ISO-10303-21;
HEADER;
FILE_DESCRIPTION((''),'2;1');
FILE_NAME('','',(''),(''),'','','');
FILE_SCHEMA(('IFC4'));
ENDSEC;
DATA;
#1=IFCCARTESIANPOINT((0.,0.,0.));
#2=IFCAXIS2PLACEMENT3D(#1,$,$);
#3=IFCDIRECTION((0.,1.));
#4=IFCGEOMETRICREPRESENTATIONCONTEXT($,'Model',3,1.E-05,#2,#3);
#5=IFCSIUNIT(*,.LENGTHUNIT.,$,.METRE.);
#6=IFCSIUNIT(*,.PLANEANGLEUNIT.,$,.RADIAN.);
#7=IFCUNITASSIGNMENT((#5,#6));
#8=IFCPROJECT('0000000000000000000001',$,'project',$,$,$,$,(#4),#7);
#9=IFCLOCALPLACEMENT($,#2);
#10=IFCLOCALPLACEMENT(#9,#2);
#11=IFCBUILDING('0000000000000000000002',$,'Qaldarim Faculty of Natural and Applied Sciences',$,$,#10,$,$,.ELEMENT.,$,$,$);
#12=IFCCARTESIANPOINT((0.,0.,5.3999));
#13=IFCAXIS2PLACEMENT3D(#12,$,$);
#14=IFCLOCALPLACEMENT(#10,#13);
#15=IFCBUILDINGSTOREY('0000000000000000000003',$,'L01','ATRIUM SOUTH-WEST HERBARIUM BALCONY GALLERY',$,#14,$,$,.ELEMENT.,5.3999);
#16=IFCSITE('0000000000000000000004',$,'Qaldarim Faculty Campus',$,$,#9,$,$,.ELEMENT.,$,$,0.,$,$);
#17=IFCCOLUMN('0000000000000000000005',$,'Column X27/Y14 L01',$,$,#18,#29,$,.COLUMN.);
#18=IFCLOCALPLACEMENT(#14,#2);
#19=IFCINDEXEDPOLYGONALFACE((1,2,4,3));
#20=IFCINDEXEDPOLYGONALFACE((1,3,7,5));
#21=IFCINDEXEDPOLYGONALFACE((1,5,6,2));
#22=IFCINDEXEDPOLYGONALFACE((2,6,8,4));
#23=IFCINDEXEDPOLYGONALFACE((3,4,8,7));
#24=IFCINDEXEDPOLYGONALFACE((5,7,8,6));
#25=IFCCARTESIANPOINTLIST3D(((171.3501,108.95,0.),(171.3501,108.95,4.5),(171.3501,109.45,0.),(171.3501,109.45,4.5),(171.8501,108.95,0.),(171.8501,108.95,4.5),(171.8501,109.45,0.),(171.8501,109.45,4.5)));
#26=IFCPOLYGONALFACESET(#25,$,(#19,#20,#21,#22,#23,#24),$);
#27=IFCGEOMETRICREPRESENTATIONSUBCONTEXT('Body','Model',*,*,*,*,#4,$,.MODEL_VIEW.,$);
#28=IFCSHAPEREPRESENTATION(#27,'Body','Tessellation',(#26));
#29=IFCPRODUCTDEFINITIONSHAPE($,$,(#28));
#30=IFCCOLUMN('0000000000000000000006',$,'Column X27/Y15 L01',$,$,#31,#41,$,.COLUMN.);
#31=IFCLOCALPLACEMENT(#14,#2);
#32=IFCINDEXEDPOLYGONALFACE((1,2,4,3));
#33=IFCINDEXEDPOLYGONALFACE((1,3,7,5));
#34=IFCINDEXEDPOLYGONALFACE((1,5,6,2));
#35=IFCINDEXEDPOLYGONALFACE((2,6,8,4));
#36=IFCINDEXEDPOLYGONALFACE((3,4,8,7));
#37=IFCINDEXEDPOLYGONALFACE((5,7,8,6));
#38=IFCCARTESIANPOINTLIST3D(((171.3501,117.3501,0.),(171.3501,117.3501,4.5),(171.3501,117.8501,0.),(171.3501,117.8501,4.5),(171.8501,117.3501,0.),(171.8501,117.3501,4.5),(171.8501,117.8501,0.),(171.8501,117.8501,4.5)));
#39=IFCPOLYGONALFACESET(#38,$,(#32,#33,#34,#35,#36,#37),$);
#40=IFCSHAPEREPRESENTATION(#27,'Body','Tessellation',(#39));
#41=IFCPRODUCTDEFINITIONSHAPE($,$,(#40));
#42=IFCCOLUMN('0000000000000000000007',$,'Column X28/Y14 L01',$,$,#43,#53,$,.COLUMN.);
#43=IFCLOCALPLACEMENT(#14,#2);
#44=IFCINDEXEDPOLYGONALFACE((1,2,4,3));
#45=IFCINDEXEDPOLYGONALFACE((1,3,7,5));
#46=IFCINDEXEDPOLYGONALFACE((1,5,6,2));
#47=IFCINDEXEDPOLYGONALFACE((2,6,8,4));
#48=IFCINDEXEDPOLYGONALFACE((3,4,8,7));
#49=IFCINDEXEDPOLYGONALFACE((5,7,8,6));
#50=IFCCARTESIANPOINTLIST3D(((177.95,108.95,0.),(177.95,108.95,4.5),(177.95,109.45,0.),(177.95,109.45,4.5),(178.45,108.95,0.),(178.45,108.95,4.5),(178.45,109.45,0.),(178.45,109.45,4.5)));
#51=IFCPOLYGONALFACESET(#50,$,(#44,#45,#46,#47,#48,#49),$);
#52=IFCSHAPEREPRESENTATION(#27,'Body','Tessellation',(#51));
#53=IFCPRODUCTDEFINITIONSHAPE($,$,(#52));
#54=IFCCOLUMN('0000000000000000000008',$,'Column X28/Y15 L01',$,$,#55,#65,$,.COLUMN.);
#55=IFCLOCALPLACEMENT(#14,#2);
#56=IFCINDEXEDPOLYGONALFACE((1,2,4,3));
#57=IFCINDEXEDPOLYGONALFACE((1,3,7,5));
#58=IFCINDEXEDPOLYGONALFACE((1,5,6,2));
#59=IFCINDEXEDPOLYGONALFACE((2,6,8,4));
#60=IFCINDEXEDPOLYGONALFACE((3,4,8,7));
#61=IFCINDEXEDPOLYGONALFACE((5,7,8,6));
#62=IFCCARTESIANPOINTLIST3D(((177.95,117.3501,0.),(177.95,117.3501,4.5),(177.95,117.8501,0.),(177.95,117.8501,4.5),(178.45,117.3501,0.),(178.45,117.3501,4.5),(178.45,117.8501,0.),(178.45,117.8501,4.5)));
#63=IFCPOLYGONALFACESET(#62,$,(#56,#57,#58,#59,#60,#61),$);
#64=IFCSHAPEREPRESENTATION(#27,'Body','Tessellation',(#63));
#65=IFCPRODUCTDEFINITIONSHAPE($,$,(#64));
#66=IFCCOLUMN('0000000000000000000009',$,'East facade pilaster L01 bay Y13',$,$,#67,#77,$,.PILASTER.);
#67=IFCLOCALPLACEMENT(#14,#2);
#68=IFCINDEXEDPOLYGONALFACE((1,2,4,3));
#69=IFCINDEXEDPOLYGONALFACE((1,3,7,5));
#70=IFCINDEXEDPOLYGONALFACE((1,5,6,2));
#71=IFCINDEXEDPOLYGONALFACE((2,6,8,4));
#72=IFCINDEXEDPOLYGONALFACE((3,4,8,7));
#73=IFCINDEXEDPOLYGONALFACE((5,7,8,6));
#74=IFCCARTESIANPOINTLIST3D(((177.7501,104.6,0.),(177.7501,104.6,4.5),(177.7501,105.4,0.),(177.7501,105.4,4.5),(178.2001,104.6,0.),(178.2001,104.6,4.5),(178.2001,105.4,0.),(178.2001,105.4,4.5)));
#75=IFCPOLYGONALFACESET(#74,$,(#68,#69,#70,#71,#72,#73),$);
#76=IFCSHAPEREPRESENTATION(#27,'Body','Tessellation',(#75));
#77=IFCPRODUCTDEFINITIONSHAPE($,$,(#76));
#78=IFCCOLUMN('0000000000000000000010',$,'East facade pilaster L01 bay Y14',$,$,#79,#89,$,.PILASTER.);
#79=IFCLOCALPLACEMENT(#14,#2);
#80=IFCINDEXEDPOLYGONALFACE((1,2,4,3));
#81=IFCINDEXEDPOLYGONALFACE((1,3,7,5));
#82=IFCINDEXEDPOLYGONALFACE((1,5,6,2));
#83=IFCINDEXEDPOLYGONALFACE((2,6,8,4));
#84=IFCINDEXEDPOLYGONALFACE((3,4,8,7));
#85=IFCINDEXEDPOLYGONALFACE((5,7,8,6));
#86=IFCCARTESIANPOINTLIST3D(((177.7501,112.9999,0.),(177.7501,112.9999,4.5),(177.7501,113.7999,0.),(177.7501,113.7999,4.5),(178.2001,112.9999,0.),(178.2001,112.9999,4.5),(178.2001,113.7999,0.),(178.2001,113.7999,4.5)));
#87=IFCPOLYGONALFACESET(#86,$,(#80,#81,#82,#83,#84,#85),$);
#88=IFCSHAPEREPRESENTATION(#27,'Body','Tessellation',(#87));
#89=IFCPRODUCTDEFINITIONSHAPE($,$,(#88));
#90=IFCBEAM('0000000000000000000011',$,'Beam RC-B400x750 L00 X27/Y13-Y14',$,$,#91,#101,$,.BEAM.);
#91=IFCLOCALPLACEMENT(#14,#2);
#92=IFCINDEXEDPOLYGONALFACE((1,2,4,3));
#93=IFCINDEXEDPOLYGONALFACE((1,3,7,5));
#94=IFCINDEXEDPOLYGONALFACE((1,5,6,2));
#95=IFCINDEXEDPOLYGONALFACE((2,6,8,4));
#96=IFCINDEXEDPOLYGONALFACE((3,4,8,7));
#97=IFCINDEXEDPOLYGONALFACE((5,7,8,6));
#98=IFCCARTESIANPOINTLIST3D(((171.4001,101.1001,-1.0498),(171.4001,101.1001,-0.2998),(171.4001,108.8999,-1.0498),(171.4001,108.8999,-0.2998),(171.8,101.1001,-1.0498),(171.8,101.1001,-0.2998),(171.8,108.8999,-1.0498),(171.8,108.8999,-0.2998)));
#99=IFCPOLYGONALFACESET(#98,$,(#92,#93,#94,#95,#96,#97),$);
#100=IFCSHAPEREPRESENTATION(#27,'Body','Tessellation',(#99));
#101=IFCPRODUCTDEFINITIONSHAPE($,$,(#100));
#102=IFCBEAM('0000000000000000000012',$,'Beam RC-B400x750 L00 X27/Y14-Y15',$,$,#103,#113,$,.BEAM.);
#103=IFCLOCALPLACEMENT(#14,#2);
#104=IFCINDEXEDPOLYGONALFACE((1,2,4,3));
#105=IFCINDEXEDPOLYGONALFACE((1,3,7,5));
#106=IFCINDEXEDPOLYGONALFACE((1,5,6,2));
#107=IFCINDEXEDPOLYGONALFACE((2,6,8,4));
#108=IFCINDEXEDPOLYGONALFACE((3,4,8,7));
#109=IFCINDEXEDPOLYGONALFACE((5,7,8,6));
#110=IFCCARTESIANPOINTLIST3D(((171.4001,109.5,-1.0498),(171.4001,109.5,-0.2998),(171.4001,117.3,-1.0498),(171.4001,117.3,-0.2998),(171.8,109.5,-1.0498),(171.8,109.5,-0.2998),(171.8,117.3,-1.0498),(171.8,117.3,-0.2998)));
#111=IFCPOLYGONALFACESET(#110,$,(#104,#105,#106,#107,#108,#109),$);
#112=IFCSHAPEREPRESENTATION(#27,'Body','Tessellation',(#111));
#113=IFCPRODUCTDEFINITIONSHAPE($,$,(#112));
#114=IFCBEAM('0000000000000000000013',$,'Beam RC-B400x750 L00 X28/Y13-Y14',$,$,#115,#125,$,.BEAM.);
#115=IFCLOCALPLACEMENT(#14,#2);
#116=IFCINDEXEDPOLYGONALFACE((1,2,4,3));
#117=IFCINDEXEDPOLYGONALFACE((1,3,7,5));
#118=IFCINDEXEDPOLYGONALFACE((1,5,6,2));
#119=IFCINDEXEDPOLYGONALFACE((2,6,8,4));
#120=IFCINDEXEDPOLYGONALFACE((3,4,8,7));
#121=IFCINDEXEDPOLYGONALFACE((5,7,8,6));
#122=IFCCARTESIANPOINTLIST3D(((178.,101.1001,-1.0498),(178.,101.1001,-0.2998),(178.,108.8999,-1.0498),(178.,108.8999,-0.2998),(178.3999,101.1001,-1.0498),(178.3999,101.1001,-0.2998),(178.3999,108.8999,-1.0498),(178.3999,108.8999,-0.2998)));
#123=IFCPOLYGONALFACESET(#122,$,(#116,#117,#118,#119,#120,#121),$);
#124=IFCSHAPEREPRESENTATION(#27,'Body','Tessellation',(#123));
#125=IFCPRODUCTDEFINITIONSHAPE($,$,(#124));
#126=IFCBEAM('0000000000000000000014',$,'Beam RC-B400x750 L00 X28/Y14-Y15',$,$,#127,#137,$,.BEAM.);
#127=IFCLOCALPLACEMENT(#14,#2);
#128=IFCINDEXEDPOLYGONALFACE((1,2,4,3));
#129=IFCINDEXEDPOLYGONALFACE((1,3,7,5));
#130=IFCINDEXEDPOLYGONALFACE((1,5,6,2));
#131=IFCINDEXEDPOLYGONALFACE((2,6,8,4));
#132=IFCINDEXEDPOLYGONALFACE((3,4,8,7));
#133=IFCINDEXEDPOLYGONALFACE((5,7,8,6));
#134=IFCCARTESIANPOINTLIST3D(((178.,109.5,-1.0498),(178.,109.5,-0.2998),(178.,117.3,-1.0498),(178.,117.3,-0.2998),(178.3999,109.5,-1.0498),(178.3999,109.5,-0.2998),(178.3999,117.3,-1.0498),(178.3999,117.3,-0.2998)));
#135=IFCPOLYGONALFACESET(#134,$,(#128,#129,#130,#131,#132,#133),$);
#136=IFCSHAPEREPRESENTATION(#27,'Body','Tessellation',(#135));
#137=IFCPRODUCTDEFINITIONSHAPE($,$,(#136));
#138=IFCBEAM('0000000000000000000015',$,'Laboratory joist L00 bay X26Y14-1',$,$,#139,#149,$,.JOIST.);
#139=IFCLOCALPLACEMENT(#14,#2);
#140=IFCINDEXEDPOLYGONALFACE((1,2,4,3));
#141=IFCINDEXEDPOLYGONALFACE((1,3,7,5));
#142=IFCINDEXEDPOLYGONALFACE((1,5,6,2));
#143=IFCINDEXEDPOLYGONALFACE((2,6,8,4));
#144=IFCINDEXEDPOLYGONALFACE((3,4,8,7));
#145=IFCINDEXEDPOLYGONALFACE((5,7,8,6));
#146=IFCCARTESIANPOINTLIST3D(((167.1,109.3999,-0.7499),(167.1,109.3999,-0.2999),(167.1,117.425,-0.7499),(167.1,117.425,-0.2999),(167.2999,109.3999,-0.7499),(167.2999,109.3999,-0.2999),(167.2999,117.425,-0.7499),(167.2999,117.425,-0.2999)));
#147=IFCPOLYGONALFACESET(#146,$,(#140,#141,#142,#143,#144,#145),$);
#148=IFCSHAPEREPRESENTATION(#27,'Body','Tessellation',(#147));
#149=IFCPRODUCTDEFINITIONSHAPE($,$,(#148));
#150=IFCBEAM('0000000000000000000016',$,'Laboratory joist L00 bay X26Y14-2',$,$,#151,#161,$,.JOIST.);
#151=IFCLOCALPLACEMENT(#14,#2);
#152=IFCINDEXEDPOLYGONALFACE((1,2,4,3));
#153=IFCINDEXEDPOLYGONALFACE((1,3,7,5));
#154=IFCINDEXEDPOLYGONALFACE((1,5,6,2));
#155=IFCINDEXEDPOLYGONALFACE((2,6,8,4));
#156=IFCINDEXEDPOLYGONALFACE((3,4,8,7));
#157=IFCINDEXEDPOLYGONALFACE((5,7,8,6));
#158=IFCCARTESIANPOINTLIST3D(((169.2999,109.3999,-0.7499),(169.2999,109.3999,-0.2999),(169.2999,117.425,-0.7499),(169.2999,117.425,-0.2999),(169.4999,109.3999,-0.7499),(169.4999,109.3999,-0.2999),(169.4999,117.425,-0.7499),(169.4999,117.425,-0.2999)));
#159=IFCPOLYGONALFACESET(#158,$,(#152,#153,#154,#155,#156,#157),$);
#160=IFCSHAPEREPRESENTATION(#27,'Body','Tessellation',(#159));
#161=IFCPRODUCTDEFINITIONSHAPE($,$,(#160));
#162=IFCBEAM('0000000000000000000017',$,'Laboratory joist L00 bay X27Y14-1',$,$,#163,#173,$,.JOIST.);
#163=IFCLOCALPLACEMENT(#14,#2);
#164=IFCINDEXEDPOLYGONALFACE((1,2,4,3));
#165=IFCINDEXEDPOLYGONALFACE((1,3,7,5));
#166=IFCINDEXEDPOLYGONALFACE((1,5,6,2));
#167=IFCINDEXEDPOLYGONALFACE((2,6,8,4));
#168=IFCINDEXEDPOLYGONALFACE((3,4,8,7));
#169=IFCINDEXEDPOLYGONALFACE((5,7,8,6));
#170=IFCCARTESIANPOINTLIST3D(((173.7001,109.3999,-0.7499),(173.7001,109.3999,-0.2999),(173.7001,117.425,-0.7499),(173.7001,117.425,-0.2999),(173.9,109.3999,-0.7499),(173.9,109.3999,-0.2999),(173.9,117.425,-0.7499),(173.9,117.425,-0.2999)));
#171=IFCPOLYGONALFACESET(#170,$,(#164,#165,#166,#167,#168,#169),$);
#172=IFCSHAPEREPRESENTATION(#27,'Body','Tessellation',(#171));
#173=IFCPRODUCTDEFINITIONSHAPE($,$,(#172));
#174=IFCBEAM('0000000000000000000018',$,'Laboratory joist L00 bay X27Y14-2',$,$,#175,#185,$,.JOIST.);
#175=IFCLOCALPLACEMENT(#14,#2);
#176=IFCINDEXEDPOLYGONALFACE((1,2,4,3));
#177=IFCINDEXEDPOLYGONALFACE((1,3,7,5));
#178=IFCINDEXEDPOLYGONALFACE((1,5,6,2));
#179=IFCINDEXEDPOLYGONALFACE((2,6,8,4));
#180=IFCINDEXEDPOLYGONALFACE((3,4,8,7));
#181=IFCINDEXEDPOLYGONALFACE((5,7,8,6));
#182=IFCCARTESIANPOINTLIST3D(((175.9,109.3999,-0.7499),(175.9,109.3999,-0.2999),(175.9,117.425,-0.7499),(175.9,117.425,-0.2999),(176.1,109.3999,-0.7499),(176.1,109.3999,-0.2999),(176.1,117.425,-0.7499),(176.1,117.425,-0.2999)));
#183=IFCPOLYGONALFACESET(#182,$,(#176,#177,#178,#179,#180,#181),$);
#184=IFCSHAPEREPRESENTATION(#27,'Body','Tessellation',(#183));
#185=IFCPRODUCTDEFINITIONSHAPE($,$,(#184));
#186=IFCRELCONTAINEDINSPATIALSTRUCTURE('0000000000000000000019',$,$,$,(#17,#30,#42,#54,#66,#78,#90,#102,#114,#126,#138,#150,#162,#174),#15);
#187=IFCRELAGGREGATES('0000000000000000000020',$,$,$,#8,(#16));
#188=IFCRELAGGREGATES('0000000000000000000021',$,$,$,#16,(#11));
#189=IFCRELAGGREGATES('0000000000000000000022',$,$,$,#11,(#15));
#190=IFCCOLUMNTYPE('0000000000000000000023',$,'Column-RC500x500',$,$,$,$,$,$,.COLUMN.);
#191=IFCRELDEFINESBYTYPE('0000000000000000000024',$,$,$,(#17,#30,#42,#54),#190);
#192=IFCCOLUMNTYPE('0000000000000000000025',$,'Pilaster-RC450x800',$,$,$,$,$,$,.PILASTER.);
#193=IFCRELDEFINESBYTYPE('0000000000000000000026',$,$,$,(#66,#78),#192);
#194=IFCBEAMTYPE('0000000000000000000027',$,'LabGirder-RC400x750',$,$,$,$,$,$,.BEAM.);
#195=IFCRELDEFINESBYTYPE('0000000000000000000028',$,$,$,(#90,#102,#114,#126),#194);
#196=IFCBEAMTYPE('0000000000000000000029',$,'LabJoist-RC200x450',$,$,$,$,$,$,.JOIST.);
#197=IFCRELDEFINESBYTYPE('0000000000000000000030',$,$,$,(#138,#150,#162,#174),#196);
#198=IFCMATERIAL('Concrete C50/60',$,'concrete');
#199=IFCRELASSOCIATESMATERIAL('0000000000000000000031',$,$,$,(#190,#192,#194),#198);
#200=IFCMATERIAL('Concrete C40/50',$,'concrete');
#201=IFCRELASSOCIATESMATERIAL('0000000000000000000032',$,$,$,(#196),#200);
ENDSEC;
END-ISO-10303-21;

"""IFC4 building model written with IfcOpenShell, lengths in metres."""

from ifc_helpers import new_model, si_unit, direction, frame, origin, origin_2d, place, context, subcontext, project, spatial, rectangle, extrude, material, material_profile, profile_set, type_object, element, save


model = new_model("IFC4")

# Units and contexts
model_context = context("Model", 3, precision=1e-05, world=origin(), true_north=direction((0.0, 1.0)))
body_context = subcontext(model_context, "Body", "Model", "MODEL_VIEW")
ifc_project = project(units=[si_unit("LENGTHUNIT", "METRE"), si_unit("PLANEANGLEUNIT", "RADIAN")], contexts=[model_context])

# Site, building, storey
site_placement = place(None, origin())
site = spatial("IfcSite", under=ifc_project, at=site_placement, Name="Qaldarim Faculty Campus", CompositionType="ELEMENT", RefElevation=0.0)
building_placement = place(site_placement, origin())
building = spatial("IfcBuilding", under=site, at=building_placement, Name="Qaldarim Faculty of Natural and Applied Sciences", CompositionType="ELEMENT")
storey_placement = place(building_placement, frame((0.0, 0.0, 5.3999)))
storey = spatial("IfcBuildingStorey", under=building, at=storey_placement, Name="L01", Description="ATRIUM SOUTH-WEST HERBARIUM BALCONY GALLERY", CompositionType="ELEMENT", Elevation=5.3999)

# Columns
ifc_material_1 = material(Name="Concrete C50/60", Category="concrete")
ifc_material_profile_1 = material_profile(ifc_material_1, rectangle(XDim=0.5, YDim=0.5, at=origin_2d()), Name="RC-C500x500")
ifc_profile_set_1 = profile_set([ifc_material_profile_1], Name="Concrete C50/60")
column_type_1 = type_object("IfcColumnType", Name="Column-RC500x500", PredefinedType="COLUMN", material=ifc_profile_set_1)
for number, where, z_axis, x_axis, name in (
    (1, (171.6001, 109.2, 0.0), (0.0, 0.0, 1.0), (1.0, 0.0, 0.0), "Column X27/Y14 L01"),
    (2, (171.6001, 117.6001, 0.0), (0.0, 0.0, 1.0), (1.0, 0.0, 0.0), "Column X27/Y15 L01"),
    (3, (178.2, 109.2, 0.0), (0.0, 0.0, 1.0), (1.0, 0.0, 0.0), "Column X28/Y14 L01"),
    (4, (178.2, 117.6001, 0.0), (0.0, 0.0, 1.0), (1.0, 0.0, 0.0), "Column X28/Y15 L01"),
):
    element("IfcColumn", number, at=place(storey_placement, frame(where, z_axis=z_axis, x_axis=x_axis)), inside=storey, type_object=column_type_1, Name=name, PredefinedType="COLUMN", context=body_context, shape_type="SweptSolid", body=[
        extrude(rectangle(XDim=0.5, YDim=0.5, at=origin_2d()), origin(), (0.0, 0.0, 1.0), 4.5),
    ])
ifc_material_profile_2 = material_profile(ifc_material_1, rectangle(XDim=0.45, YDim=0.8, at=origin_2d()), Name="RC-C450x800")
ifc_profile_set_2 = profile_set([ifc_material_profile_2], Name="Concrete C50/60")
column_type_2 = type_object("IfcColumnType", Name="Pilaster-RC450x800", PredefinedType="PILASTER", material=ifc_profile_set_2)
for number, where, z_axis, x_axis, name in (
    (5, (177.9751, 105.0, 0.0), (0.0, 0.0, 1.0), (1.0, 0.0, 0.0), "East facade pilaster L01 bay Y13"),
    (6, (177.9751, 113.3999, 0.0), (0.0, 0.0, 1.0), (1.0, 0.0, 0.0), "East facade pilaster L01 bay Y14"),
):
    element("IfcColumn", number, at=place(storey_placement, frame(where, z_axis=z_axis, x_axis=x_axis)), inside=storey, type_object=column_type_2, Name=name, PredefinedType="PILASTER", context=body_context, shape_type="SweptSolid", body=[
        extrude(rectangle(XDim=0.45, YDim=0.8, at=origin_2d()), origin(), (0.0, 0.0, 1.0), 4.5),
    ])

# Beams
ifc_material_profile_3 = material_profile(ifc_material_1, rectangle(XDim=0.3999, YDim=0.75, at=origin_2d()), Name="RC-B400x750")
ifc_profile_set_3 = profile_set([ifc_material_profile_3], Name="Concrete C50/60")
beam_type_1 = type_object("IfcBeamType", Name="LabGirder-RC400x750", PredefinedType="BEAM", material=ifc_profile_set_3)
beam_1_placement = place(storey_placement, frame((171.6001, 101.1001, -0.6748), z_axis=(0.0, 1.0, 0.0), x_axis=(-1.0, 0.0, 0.0)))
element("IfcBeam", 7, at=beam_1_placement, inside=storey, type_object=beam_type_1, Name="Beam RC-B400x750 L00 X27/Y13-Y14", PredefinedType="BEAM", context=body_context, shape_type="SweptSolid", body=[
    extrude(rectangle(XDim=0.3999, YDim=0.75, at=origin_2d()), origin(), (0.0, 0.0, 1.0), 7.7998),
])
beam_2_placement = place(storey_placement, frame((171.6001, 109.5, -0.6748), z_axis=(0.0, 1.0, 0.0), x_axis=(-1.0, 0.0, 0.0)))
element("IfcBeam", 8, at=beam_2_placement, inside=storey, type_object=beam_type_1, Name="Beam RC-B400x750 L00 X27/Y14-Y15", PredefinedType="BEAM", context=body_context, shape_type="SweptSolid", body=[
    extrude(rectangle(XDim=0.3999, YDim=0.75, at=origin_2d()), origin(), (0.0, 0.0, 1.0), 7.8),
])
beam_3_placement = place(storey_placement, frame((178.2, 101.1001, -0.6748), z_axis=(0.0, 1.0, 0.0), x_axis=(-1.0, 0.0, 0.0)))
element("IfcBeam", 9, at=beam_3_placement, inside=storey, type_object=beam_type_1, Name="Beam RC-B400x750 L00 X28/Y13-Y14", PredefinedType="BEAM", context=body_context, shape_type="SweptSolid", body=[
    extrude(rectangle(XDim=0.3999, YDim=0.75, at=origin_2d()), origin(), (0.0, 0.0, 1.0), 7.7998),
])
beam_4_placement = place(storey_placement, frame((178.2, 109.5, -0.6748), z_axis=(0.0, 1.0, 0.0), x_axis=(-1.0, 0.0, 0.0)))
element("IfcBeam", 10, at=beam_4_placement, inside=storey, type_object=beam_type_1, Name="Beam RC-B400x750 L00 X28/Y14-Y15", PredefinedType="BEAM", context=body_context, shape_type="SweptSolid", body=[
    extrude(rectangle(XDim=0.3999, YDim=0.75, at=origin_2d()), origin(), (0.0, 0.0, 1.0), 7.8),
])
ifc_material_2 = material(Name="Concrete C40/50", Category="concrete")
ifc_material_profile_4 = material_profile(ifc_material_2, rectangle(XDim=0.2, YDim=0.45, at=origin_2d()), Name="RC-J200x450")
ifc_profile_set_4 = profile_set([ifc_material_profile_4], Name="Concrete C40/50")
beam_type_2 = type_object("IfcBeamType", Name="LabJoist-RC200x450", PredefinedType="JOIST", material=ifc_profile_set_4)
for number, where, z_axis, x_axis, name in (
    (11, (167.2, 109.3999, -0.5249), (0.0, 1.0, 0.0), (-1.0, 0.0, 0.0), "Laboratory joist L00 bay X26Y14-1"),
    (12, (169.3999, 109.3999, -0.5249), (0.0, 1.0, 0.0), (-1.0, 0.0, 0.0), "Laboratory joist L00 bay X26Y14-2"),
    (13, (173.8, 109.3999, -0.5249), (0.0, 1.0, 0.0), (-1.0, 0.0, 0.0), "Laboratory joist L00 bay X27Y14-1"),
    (14, (176.0, 109.3999, -0.5249), (0.0, 1.0, 0.0), (-1.0, 0.0, 0.0), "Laboratory joist L00 bay X27Y14-2"),
):
    element("IfcBeam", number, at=place(storey_placement, frame(where, z_axis=z_axis, x_axis=x_axis)), inside=storey, type_object=beam_type_2, Name=name, PredefinedType="JOIST", context=body_context, shape_type="SweptSolid", body=[
        extrude(rectangle(XDim=0.2, YDim=0.45, at=origin_2d()), origin(), (0.0, 0.0, 1.0), 8.0251),
    ])

save(model, "model.ifc")
